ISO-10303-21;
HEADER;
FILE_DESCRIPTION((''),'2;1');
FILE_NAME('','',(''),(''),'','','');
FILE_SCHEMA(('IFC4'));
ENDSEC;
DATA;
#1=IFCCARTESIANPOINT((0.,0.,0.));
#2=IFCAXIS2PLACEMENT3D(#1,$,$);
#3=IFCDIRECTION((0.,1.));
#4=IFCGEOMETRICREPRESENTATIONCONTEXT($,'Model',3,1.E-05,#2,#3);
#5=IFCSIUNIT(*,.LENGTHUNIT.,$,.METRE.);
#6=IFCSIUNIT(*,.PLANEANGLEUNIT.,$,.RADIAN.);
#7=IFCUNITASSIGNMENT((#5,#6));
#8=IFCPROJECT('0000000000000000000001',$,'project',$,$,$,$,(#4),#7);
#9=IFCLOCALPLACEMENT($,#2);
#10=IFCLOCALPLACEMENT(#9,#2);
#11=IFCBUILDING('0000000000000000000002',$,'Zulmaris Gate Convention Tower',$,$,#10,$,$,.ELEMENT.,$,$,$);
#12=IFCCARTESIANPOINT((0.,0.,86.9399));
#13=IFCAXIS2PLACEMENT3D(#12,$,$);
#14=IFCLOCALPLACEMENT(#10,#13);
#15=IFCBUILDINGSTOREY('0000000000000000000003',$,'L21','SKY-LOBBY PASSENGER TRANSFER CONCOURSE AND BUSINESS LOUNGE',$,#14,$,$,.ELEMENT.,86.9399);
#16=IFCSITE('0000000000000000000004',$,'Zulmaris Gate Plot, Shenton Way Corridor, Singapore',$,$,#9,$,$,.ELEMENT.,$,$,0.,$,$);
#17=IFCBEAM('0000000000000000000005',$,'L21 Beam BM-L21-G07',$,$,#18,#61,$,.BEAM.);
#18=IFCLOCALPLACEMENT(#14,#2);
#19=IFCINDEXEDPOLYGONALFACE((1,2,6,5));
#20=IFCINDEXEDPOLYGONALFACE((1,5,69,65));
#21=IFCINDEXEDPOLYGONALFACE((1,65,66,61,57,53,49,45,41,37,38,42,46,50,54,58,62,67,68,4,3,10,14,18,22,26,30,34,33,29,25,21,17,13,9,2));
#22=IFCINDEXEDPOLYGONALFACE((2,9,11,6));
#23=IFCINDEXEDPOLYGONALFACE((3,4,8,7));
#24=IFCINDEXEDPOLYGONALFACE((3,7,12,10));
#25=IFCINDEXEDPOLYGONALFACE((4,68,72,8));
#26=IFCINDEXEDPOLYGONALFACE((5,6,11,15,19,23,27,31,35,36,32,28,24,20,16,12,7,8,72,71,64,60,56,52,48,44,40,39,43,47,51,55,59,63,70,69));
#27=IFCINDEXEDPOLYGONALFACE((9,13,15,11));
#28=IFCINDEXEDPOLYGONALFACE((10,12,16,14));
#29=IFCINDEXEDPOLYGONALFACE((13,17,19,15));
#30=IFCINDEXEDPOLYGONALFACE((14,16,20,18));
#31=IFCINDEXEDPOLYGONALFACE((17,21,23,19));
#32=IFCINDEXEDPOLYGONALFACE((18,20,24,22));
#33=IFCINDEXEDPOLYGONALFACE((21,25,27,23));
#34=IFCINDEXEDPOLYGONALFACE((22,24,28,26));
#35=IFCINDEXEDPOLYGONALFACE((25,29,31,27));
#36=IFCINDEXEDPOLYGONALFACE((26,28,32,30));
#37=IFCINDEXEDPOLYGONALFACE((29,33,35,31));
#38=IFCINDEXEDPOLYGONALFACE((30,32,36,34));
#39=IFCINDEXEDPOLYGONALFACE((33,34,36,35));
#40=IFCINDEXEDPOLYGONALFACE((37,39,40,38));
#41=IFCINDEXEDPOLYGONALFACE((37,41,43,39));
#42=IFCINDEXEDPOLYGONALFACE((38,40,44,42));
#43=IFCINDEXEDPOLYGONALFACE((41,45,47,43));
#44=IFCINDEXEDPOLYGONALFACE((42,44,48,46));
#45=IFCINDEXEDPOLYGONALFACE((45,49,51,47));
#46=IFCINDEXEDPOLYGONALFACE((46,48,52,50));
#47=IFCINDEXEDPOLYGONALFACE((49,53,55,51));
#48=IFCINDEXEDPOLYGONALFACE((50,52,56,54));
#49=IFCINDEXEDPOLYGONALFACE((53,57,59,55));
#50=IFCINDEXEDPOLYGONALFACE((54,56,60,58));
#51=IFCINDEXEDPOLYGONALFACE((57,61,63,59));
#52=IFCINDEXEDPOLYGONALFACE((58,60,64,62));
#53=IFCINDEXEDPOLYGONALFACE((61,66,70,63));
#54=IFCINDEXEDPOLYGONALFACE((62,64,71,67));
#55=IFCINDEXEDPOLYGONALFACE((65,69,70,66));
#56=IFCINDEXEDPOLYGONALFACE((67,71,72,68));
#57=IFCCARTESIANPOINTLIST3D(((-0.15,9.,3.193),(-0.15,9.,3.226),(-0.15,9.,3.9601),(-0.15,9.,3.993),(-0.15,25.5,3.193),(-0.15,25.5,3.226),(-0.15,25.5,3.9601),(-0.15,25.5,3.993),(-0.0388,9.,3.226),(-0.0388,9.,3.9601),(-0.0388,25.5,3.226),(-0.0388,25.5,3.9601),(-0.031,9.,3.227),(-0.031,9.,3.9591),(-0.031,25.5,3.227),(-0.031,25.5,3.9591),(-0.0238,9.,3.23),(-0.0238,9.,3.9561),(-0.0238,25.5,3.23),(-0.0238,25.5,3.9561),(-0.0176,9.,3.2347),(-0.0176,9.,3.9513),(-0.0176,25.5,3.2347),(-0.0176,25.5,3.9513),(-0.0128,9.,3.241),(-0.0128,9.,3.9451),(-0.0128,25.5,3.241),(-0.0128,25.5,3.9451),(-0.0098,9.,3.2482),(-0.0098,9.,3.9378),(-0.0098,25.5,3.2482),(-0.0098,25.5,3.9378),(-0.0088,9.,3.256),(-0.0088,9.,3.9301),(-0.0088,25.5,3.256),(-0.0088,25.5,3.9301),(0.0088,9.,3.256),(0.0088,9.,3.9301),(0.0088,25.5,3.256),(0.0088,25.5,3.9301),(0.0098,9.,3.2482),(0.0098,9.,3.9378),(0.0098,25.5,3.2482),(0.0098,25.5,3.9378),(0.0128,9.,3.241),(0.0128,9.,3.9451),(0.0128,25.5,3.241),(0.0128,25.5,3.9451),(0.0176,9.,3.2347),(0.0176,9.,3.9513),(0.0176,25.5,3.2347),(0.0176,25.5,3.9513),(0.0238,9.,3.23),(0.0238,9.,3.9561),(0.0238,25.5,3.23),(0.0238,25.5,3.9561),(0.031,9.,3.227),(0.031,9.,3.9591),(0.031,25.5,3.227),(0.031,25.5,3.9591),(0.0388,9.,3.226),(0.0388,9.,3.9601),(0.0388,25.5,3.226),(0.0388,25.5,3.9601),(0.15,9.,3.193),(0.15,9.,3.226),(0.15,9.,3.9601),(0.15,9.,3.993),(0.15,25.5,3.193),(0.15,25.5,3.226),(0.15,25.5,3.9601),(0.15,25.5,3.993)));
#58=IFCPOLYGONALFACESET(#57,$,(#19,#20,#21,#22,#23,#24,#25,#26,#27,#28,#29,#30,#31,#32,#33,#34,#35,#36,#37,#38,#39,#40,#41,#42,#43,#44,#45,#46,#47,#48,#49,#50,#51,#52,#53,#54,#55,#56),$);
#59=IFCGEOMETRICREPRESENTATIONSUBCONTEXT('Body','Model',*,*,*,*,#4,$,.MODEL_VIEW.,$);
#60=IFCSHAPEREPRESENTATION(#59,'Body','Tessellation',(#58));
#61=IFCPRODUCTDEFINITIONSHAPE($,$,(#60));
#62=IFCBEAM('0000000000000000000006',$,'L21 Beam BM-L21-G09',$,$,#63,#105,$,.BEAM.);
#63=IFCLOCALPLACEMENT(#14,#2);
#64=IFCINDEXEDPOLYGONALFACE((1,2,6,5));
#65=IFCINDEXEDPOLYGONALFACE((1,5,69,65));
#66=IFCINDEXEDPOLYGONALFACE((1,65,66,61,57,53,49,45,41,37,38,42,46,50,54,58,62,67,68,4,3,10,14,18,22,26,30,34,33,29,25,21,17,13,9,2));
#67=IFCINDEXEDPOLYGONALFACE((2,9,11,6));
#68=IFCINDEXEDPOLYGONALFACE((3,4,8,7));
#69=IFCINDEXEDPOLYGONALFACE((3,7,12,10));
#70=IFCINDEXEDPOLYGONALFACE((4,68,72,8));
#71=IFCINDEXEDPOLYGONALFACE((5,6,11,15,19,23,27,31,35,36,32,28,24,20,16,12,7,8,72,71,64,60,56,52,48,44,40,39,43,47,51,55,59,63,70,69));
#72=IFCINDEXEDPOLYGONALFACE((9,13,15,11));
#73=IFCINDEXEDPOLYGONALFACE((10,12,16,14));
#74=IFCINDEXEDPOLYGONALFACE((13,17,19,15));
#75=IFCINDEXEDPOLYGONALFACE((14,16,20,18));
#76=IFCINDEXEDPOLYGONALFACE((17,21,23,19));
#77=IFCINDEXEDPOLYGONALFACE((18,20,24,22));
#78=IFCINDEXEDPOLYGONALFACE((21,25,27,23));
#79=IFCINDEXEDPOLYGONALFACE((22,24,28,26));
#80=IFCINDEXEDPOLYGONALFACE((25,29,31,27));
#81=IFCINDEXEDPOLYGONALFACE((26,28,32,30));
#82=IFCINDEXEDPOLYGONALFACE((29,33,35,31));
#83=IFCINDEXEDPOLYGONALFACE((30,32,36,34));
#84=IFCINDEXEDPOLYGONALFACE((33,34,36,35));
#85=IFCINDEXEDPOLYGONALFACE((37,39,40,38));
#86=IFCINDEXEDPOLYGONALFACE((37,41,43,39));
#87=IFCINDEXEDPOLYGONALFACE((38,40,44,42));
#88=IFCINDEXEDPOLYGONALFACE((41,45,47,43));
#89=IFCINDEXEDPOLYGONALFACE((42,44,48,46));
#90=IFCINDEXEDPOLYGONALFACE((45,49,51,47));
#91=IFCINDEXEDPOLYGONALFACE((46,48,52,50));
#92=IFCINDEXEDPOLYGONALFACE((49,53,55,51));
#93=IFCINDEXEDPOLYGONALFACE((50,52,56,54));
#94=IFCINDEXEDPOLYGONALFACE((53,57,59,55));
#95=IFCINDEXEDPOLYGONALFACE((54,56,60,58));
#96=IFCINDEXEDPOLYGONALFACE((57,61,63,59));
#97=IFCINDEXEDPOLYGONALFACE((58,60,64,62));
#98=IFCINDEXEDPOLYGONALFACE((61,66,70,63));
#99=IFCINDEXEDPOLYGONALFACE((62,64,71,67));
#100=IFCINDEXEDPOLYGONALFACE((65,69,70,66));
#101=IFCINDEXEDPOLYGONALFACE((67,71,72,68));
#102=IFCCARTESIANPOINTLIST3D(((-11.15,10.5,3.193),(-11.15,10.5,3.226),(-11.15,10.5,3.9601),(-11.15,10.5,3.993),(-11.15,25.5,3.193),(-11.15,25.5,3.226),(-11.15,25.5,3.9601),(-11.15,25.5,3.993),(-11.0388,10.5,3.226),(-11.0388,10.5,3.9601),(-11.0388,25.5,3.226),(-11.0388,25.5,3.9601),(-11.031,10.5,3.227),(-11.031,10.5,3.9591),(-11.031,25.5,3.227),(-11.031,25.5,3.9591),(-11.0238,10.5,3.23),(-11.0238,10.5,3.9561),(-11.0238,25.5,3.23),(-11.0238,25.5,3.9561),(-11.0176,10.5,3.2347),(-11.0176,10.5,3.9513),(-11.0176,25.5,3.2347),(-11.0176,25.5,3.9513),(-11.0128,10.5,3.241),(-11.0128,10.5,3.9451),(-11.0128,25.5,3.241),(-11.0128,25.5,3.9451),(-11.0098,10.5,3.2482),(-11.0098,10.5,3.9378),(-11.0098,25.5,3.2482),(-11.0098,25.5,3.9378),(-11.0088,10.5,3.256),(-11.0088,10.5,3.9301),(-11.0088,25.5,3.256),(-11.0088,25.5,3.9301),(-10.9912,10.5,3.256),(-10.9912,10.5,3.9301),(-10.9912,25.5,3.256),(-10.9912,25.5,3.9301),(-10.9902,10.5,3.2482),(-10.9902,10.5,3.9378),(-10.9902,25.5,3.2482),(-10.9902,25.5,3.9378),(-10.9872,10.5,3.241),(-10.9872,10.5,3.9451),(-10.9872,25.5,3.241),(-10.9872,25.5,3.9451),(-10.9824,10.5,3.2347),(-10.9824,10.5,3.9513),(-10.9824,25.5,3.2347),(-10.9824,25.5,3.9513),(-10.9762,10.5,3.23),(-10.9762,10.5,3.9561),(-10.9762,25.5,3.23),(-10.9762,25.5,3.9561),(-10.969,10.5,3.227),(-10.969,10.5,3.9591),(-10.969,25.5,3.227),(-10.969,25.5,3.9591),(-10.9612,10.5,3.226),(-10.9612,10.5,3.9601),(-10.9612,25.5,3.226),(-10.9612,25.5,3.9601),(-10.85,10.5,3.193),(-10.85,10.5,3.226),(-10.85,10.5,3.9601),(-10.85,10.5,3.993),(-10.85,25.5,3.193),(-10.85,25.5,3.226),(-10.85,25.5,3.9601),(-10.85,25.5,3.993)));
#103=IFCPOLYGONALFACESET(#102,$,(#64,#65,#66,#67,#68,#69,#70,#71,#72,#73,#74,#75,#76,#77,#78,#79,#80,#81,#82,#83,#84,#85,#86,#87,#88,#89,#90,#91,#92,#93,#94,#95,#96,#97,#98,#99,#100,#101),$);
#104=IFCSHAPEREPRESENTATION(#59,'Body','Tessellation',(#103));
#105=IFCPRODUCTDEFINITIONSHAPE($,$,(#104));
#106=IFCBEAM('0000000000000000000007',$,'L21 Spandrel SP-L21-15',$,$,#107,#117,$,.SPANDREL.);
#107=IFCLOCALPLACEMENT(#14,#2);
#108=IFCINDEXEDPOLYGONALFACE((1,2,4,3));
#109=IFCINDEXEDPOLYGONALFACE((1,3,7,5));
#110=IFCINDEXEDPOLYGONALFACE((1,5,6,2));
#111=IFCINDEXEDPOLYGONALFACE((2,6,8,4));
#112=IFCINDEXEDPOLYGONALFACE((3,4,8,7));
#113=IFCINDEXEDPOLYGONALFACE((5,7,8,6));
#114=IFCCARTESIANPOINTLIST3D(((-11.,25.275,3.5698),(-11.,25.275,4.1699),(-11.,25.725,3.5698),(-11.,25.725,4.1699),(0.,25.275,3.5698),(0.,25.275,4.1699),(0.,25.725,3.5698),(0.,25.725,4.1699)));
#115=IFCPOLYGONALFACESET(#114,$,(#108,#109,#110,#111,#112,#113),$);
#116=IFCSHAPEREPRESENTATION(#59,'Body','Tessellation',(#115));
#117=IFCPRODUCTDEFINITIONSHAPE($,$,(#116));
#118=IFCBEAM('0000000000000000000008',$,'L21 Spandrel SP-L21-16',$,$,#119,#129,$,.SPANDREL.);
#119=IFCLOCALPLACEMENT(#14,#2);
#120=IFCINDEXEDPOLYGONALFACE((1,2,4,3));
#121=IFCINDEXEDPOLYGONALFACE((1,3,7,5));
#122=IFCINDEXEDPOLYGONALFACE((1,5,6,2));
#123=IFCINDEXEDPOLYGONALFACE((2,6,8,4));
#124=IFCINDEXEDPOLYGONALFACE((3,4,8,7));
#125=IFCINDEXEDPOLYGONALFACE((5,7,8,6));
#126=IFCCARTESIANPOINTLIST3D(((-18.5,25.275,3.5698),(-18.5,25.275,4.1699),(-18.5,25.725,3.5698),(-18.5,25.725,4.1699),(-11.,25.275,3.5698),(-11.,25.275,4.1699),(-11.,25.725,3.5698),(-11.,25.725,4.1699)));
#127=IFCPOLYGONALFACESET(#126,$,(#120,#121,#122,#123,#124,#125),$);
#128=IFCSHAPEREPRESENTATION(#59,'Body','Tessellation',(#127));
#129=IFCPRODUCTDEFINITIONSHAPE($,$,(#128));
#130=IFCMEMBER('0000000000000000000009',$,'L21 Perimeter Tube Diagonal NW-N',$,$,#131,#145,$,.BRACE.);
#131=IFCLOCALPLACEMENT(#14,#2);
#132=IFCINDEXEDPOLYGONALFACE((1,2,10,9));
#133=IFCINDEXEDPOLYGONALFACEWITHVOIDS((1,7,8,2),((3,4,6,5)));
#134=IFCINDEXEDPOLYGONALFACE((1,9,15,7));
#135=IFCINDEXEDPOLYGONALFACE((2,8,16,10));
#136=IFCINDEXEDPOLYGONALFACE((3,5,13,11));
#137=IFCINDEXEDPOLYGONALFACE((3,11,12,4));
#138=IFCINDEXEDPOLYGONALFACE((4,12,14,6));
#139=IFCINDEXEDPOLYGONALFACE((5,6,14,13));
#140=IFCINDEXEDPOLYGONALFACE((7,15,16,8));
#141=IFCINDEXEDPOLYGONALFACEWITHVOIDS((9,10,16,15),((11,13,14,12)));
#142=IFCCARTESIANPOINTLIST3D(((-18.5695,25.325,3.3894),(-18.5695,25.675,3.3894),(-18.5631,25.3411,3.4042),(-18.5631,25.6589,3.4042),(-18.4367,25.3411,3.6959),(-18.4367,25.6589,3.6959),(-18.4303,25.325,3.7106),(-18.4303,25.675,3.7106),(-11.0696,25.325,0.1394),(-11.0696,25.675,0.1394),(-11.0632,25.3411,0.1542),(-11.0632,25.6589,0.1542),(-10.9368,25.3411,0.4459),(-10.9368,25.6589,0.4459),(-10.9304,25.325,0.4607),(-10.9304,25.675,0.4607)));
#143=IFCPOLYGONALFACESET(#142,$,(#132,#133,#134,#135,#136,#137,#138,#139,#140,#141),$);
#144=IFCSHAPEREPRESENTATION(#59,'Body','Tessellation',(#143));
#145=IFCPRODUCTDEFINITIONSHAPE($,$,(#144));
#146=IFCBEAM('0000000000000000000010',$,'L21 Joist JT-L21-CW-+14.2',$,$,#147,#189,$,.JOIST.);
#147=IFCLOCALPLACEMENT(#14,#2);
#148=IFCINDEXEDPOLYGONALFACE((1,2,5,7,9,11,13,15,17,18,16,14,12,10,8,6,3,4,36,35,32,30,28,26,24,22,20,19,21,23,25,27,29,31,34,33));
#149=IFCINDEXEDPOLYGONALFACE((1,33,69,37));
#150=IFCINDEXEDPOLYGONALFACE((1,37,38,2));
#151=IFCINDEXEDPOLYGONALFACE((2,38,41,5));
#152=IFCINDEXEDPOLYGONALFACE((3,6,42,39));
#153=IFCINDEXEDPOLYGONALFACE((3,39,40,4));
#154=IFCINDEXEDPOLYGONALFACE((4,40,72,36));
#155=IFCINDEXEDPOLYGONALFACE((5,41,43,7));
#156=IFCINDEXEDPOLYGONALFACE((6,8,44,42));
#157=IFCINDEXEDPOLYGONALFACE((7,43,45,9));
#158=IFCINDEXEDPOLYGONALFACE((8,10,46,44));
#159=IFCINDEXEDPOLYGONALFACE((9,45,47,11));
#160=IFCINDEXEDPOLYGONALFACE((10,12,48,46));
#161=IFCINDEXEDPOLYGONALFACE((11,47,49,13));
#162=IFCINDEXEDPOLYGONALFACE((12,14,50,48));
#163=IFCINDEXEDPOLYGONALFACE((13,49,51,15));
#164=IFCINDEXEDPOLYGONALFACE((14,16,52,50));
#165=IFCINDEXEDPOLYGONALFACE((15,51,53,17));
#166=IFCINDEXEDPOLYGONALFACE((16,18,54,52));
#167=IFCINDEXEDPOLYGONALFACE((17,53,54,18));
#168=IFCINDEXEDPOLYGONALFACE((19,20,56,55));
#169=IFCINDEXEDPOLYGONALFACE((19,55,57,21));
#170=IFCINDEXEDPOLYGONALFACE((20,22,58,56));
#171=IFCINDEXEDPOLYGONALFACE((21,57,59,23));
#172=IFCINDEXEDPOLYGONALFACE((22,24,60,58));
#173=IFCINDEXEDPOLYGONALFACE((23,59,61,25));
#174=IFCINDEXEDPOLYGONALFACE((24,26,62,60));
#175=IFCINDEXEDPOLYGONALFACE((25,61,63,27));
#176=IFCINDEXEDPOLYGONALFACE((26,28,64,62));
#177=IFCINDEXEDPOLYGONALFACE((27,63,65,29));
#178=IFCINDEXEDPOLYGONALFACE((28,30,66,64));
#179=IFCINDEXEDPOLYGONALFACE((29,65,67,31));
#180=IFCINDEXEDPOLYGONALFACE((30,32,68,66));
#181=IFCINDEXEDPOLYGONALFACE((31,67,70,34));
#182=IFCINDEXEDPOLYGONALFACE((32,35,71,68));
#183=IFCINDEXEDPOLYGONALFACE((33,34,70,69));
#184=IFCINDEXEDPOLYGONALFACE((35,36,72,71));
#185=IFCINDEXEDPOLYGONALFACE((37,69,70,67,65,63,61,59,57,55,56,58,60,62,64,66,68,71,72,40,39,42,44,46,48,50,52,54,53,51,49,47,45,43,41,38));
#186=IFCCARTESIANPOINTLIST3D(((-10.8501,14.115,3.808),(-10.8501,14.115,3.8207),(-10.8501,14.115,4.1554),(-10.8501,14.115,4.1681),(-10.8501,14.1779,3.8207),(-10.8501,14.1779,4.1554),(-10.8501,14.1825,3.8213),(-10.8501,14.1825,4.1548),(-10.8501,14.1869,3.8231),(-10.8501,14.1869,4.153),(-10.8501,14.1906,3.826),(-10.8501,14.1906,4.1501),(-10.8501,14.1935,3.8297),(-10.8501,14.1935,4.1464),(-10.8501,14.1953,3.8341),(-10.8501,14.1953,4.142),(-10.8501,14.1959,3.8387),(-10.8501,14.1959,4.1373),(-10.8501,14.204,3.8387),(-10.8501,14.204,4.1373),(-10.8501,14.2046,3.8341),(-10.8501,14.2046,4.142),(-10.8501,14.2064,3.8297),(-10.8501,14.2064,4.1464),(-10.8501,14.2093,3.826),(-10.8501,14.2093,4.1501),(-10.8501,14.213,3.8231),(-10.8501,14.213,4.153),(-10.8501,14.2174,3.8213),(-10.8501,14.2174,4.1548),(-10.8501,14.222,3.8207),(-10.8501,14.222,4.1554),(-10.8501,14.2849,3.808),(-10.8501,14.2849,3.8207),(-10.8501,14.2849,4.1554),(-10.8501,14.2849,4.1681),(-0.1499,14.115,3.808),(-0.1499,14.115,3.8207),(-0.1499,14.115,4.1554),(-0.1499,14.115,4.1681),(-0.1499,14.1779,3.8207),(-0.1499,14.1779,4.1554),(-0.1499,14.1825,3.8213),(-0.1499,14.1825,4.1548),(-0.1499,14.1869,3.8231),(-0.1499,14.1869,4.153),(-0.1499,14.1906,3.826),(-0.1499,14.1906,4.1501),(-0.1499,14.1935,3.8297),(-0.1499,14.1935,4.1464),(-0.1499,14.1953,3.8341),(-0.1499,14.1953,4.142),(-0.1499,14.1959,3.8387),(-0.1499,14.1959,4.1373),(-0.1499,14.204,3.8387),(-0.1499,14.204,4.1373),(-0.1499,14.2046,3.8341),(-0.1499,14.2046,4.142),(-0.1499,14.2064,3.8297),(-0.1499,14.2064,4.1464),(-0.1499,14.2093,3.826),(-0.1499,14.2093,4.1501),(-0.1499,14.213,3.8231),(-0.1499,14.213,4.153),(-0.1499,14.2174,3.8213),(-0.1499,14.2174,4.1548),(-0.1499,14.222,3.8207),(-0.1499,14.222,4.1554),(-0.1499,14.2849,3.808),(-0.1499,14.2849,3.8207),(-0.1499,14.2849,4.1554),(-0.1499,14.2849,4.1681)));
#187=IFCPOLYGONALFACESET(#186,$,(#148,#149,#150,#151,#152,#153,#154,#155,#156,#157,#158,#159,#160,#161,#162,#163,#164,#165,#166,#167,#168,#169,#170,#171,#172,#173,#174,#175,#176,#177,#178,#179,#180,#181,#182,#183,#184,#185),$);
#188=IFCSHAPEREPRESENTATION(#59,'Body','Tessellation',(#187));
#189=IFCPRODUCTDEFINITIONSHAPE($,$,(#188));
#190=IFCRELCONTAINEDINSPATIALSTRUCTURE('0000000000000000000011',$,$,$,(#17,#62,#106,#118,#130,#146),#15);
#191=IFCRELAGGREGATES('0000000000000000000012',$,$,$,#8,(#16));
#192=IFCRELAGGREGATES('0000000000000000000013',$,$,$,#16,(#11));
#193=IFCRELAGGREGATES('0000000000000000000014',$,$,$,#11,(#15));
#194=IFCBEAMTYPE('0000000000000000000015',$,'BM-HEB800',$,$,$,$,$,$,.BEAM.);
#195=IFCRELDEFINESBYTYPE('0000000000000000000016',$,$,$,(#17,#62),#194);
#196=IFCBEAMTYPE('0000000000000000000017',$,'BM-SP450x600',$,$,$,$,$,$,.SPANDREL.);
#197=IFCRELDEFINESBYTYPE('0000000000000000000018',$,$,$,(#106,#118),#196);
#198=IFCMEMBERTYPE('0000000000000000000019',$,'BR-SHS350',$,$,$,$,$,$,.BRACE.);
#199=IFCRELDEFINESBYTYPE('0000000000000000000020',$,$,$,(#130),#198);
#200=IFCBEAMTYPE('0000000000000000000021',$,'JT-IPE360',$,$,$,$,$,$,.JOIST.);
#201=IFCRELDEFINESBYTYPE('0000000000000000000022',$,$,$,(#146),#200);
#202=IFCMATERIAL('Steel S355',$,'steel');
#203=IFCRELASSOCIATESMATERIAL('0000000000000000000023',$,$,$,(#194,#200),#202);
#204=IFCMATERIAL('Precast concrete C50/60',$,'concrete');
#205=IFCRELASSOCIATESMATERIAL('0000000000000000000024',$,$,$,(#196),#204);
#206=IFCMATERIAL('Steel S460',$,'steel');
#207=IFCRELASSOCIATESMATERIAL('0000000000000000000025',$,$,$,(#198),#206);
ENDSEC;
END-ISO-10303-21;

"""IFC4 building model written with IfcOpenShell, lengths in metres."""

from ifc_helpers import new_model, si_unit, direction, frame, origin, origin_2d, place, context, subcontext, project, spatial, rectangle, hollow_rectangle, i_section, extrude, material, material_profile, profile_set, type_object, element, save


model = new_model("IFC4")

# Units and contexts
model_context = context("Model", 3, precision=1e-05, world=origin(), true_north=direction((0.0, 1.0)))
body_context = subcontext(model_context, "Body", "Model", "MODEL_VIEW")
ifc_project = project(units=[si_unit("LENGTHUNIT", "METRE"), si_unit("PLANEANGLEUNIT", "RADIAN")], contexts=[model_context])

# Site, building, storey
site_placement = place(None, origin())
site = spatial("IfcSite", under=ifc_project, at=site_placement, Name="Zulmaris Gate Plot, Shenton Way Corridor, Singapore", CompositionType="ELEMENT", RefElevation=0.0)
building_placement = place(site_placement, origin())
building = spatial("IfcBuilding", under=site, at=building_placement, Name="Zulmaris Gate Convention Tower", CompositionType="ELEMENT")
storey_placement = place(building_placement, frame((0.0, 0.0, 86.9399)))
storey = spatial("IfcBuildingStorey", under=building, at=storey_placement, Name="L21", Description="SKY-LOBBY PASSENGER TRANSFER CONCOURSE AND BUSINESS LOUNGE", CompositionType="ELEMENT", Elevation=86.9399)

# Beams
ifc_material_1 = material(Name="Steel S355", Category="steel")
ifc_material_profile_1 = material_profile(ifc_material_1, i_section(OverallWidth=0.3, OverallDepth=0.8, WebThickness=0.0176, FlangeThickness=0.033, FilletRadius=0.03, at=origin_2d()), Name="HEB 800")
ifc_profile_set_1 = profile_set([ifc_material_profile_1], Name="Steel S355")
beam_type_1 = type_object("IfcBeamType", Name="BM-HEB800", PredefinedType="BEAM", material=ifc_profile_set_1)
beam_1_placement = place(storey_placement, frame((0.0, 9.0, 3.593), z_axis=(0.0, 1.0, 0.0), x_axis=(-1.0, 0.0, 0.0)))
element("IfcBeam", 1, at=beam_1_placement, inside=storey, type_object=beam_type_1, Name="L21 Beam BM-L21-G07", PredefinedType="BEAM", context=body_context, shape_type="SweptSolid", body=[
    extrude(i_section(OverallWidth=0.3, OverallDepth=0.8, WebThickness=0.0176, FlangeThickness=0.033, FilletRadius=0.03, at=origin_2d()), origin(), (0.0, 0.0, 1.0), 16.5),
])
beam_2_placement = place(storey_placement, frame((-11.0, 10.5, 3.593), z_axis=(0.0, 1.0, 0.0), x_axis=(-1.0, 0.0, 0.0)))
element("IfcBeam", 2, at=beam_2_placement, inside=storey, type_object=beam_type_1, Name="L21 Beam BM-L21-G09", PredefinedType="BEAM", context=body_context, shape_type="SweptSolid", body=[
    extrude(i_section(OverallWidth=0.3, OverallDepth=0.8, WebThickness=0.0176, FlangeThickness=0.033, FilletRadius=0.03, at=origin_2d()), origin(), (0.0, 0.0, 1.0), 15.0),
])
ifc_material_2 = material(Name="Precast concrete C50/60", Category="concrete")
ifc_material_profile_2 = material_profile(ifc_material_2, rectangle(XDim=0.45, YDim=0.6001, at=origin_2d()), Name="RC SPANDREL 450x600")
ifc_profile_set_2 = profile_set([ifc_material_profile_2], Name="Precast concrete C50/60")
beam_type_2 = type_object("IfcBeamType", Name="BM-SP450x600", PredefinedType="SPANDREL", material=ifc_profile_set_2)
beam_3_placement = place(storey_placement, frame((0.0, 25.5, 3.8699), z_axis=(-1.0, 0.0, 0.0), x_axis=(0.0, -1.0, 0.0)))
element("IfcBeam", 3, at=beam_3_placement, inside=storey, type_object=beam_type_2, Name="L21 Spandrel SP-L21-15", PredefinedType="SPANDREL", context=body_context, shape_type="SweptSolid", body=[
    extrude(rectangle(XDim=0.45, YDim=0.6001, at=origin_2d()), origin(), (0.0, 0.0, 1.0), 11.0),
])
beam_4_placement = place(storey_placement, frame((-11.0, 25.5, 3.8699), z_axis=(-1.0, 0.0, 0.0), x_axis=(0.0, -1.0, 0.0)))
element("IfcBeam", 4, at=beam_4_placement, inside=storey, type_object=beam_type_2, Name="L21 Spandrel SP-L21-16", PredefinedType="SPANDREL", context=body_context, shape_type="SweptSolid", body=[
    extrude(rectangle(XDim=0.45, YDim=0.6001, at=origin_2d()), origin(), (0.0, 0.0, 1.0), 7.5),
])

# Member
ifc_material_3 = material(Name="Steel S460", Category="steel")
ifc_material_profile_3 = material_profile(ifc_material_3, hollow_rectangle(XDim=0.3501, YDim=0.3501, WallThickness=0.0161, at=origin_2d()), Name="SHS 350x350x16")
ifc_profile_set_3 = profile_set([ifc_material_profile_3], Name="Steel S460")
member_type = type_object("IfcMemberType", Name="BR-SHS350", PredefinedType="BRACE", material=ifc_profile_set_3)
member_placement = place(storey_placement, frame((-11.0, 25.5, 0.3), z_axis=(-0.917556, 0.0, 0.397607), x_axis=(0.0, -1.0, 0.0)))
element("IfcMember", 5, at=member_placement, inside=storey, type_object=member_type, Name="L21 Perimeter Tube Diagonal NW-N", PredefinedType="BRACE", context=body_context, shape_type="SweptSolid", body=[
    extrude(hollow_rectangle(XDim=0.3501, YDim=0.3501, WallThickness=0.0161, at=origin_2d()), origin(), (0.0, 0.0, 1.0), 8.1738),
])

# Beam
ifc_material_profile_4 = material_profile(ifc_material_1, i_section(OverallWidth=0.1699, OverallDepth=0.3601, WebThickness=0.0081, FlangeThickness=0.0127, FilletRadius=0.0181, at=origin_2d()), Name="IPE 360")
ifc_profile_set_4 = profile_set([ifc_material_profile_4], Name="Steel S355")
beam_type_3 = type_object("IfcBeamType", Name="JT-IPE360", PredefinedType="JOIST", material=ifc_profile_set_4)
for number, where, z_axis, x_axis, name in (
    (6, (-10.8501, 14.2, 3.988), (1.0, 0.0, 0.0), (0.0, 1.0, 0.0), "L21 Joist JT-L21-CW-+14.2"),
):
    element("IfcBeam", number, at=place(storey_placement, frame(where, z_axis=z_axis, x_axis=x_axis)), inside=storey, type_object=beam_type_3, Name=name, PredefinedType="JOIST", context=body_context, shape_type="SweptSolid", body=[
        extrude(i_section(OverallWidth=0.1699, OverallDepth=0.3601, WebThickness=0.0081, FlangeThickness=0.0127, FilletRadius=0.0181, at=origin_2d()), origin(), (0.0, 0.0, 1.0), 10.7002),
    ])

save(model, "model.ifc")
